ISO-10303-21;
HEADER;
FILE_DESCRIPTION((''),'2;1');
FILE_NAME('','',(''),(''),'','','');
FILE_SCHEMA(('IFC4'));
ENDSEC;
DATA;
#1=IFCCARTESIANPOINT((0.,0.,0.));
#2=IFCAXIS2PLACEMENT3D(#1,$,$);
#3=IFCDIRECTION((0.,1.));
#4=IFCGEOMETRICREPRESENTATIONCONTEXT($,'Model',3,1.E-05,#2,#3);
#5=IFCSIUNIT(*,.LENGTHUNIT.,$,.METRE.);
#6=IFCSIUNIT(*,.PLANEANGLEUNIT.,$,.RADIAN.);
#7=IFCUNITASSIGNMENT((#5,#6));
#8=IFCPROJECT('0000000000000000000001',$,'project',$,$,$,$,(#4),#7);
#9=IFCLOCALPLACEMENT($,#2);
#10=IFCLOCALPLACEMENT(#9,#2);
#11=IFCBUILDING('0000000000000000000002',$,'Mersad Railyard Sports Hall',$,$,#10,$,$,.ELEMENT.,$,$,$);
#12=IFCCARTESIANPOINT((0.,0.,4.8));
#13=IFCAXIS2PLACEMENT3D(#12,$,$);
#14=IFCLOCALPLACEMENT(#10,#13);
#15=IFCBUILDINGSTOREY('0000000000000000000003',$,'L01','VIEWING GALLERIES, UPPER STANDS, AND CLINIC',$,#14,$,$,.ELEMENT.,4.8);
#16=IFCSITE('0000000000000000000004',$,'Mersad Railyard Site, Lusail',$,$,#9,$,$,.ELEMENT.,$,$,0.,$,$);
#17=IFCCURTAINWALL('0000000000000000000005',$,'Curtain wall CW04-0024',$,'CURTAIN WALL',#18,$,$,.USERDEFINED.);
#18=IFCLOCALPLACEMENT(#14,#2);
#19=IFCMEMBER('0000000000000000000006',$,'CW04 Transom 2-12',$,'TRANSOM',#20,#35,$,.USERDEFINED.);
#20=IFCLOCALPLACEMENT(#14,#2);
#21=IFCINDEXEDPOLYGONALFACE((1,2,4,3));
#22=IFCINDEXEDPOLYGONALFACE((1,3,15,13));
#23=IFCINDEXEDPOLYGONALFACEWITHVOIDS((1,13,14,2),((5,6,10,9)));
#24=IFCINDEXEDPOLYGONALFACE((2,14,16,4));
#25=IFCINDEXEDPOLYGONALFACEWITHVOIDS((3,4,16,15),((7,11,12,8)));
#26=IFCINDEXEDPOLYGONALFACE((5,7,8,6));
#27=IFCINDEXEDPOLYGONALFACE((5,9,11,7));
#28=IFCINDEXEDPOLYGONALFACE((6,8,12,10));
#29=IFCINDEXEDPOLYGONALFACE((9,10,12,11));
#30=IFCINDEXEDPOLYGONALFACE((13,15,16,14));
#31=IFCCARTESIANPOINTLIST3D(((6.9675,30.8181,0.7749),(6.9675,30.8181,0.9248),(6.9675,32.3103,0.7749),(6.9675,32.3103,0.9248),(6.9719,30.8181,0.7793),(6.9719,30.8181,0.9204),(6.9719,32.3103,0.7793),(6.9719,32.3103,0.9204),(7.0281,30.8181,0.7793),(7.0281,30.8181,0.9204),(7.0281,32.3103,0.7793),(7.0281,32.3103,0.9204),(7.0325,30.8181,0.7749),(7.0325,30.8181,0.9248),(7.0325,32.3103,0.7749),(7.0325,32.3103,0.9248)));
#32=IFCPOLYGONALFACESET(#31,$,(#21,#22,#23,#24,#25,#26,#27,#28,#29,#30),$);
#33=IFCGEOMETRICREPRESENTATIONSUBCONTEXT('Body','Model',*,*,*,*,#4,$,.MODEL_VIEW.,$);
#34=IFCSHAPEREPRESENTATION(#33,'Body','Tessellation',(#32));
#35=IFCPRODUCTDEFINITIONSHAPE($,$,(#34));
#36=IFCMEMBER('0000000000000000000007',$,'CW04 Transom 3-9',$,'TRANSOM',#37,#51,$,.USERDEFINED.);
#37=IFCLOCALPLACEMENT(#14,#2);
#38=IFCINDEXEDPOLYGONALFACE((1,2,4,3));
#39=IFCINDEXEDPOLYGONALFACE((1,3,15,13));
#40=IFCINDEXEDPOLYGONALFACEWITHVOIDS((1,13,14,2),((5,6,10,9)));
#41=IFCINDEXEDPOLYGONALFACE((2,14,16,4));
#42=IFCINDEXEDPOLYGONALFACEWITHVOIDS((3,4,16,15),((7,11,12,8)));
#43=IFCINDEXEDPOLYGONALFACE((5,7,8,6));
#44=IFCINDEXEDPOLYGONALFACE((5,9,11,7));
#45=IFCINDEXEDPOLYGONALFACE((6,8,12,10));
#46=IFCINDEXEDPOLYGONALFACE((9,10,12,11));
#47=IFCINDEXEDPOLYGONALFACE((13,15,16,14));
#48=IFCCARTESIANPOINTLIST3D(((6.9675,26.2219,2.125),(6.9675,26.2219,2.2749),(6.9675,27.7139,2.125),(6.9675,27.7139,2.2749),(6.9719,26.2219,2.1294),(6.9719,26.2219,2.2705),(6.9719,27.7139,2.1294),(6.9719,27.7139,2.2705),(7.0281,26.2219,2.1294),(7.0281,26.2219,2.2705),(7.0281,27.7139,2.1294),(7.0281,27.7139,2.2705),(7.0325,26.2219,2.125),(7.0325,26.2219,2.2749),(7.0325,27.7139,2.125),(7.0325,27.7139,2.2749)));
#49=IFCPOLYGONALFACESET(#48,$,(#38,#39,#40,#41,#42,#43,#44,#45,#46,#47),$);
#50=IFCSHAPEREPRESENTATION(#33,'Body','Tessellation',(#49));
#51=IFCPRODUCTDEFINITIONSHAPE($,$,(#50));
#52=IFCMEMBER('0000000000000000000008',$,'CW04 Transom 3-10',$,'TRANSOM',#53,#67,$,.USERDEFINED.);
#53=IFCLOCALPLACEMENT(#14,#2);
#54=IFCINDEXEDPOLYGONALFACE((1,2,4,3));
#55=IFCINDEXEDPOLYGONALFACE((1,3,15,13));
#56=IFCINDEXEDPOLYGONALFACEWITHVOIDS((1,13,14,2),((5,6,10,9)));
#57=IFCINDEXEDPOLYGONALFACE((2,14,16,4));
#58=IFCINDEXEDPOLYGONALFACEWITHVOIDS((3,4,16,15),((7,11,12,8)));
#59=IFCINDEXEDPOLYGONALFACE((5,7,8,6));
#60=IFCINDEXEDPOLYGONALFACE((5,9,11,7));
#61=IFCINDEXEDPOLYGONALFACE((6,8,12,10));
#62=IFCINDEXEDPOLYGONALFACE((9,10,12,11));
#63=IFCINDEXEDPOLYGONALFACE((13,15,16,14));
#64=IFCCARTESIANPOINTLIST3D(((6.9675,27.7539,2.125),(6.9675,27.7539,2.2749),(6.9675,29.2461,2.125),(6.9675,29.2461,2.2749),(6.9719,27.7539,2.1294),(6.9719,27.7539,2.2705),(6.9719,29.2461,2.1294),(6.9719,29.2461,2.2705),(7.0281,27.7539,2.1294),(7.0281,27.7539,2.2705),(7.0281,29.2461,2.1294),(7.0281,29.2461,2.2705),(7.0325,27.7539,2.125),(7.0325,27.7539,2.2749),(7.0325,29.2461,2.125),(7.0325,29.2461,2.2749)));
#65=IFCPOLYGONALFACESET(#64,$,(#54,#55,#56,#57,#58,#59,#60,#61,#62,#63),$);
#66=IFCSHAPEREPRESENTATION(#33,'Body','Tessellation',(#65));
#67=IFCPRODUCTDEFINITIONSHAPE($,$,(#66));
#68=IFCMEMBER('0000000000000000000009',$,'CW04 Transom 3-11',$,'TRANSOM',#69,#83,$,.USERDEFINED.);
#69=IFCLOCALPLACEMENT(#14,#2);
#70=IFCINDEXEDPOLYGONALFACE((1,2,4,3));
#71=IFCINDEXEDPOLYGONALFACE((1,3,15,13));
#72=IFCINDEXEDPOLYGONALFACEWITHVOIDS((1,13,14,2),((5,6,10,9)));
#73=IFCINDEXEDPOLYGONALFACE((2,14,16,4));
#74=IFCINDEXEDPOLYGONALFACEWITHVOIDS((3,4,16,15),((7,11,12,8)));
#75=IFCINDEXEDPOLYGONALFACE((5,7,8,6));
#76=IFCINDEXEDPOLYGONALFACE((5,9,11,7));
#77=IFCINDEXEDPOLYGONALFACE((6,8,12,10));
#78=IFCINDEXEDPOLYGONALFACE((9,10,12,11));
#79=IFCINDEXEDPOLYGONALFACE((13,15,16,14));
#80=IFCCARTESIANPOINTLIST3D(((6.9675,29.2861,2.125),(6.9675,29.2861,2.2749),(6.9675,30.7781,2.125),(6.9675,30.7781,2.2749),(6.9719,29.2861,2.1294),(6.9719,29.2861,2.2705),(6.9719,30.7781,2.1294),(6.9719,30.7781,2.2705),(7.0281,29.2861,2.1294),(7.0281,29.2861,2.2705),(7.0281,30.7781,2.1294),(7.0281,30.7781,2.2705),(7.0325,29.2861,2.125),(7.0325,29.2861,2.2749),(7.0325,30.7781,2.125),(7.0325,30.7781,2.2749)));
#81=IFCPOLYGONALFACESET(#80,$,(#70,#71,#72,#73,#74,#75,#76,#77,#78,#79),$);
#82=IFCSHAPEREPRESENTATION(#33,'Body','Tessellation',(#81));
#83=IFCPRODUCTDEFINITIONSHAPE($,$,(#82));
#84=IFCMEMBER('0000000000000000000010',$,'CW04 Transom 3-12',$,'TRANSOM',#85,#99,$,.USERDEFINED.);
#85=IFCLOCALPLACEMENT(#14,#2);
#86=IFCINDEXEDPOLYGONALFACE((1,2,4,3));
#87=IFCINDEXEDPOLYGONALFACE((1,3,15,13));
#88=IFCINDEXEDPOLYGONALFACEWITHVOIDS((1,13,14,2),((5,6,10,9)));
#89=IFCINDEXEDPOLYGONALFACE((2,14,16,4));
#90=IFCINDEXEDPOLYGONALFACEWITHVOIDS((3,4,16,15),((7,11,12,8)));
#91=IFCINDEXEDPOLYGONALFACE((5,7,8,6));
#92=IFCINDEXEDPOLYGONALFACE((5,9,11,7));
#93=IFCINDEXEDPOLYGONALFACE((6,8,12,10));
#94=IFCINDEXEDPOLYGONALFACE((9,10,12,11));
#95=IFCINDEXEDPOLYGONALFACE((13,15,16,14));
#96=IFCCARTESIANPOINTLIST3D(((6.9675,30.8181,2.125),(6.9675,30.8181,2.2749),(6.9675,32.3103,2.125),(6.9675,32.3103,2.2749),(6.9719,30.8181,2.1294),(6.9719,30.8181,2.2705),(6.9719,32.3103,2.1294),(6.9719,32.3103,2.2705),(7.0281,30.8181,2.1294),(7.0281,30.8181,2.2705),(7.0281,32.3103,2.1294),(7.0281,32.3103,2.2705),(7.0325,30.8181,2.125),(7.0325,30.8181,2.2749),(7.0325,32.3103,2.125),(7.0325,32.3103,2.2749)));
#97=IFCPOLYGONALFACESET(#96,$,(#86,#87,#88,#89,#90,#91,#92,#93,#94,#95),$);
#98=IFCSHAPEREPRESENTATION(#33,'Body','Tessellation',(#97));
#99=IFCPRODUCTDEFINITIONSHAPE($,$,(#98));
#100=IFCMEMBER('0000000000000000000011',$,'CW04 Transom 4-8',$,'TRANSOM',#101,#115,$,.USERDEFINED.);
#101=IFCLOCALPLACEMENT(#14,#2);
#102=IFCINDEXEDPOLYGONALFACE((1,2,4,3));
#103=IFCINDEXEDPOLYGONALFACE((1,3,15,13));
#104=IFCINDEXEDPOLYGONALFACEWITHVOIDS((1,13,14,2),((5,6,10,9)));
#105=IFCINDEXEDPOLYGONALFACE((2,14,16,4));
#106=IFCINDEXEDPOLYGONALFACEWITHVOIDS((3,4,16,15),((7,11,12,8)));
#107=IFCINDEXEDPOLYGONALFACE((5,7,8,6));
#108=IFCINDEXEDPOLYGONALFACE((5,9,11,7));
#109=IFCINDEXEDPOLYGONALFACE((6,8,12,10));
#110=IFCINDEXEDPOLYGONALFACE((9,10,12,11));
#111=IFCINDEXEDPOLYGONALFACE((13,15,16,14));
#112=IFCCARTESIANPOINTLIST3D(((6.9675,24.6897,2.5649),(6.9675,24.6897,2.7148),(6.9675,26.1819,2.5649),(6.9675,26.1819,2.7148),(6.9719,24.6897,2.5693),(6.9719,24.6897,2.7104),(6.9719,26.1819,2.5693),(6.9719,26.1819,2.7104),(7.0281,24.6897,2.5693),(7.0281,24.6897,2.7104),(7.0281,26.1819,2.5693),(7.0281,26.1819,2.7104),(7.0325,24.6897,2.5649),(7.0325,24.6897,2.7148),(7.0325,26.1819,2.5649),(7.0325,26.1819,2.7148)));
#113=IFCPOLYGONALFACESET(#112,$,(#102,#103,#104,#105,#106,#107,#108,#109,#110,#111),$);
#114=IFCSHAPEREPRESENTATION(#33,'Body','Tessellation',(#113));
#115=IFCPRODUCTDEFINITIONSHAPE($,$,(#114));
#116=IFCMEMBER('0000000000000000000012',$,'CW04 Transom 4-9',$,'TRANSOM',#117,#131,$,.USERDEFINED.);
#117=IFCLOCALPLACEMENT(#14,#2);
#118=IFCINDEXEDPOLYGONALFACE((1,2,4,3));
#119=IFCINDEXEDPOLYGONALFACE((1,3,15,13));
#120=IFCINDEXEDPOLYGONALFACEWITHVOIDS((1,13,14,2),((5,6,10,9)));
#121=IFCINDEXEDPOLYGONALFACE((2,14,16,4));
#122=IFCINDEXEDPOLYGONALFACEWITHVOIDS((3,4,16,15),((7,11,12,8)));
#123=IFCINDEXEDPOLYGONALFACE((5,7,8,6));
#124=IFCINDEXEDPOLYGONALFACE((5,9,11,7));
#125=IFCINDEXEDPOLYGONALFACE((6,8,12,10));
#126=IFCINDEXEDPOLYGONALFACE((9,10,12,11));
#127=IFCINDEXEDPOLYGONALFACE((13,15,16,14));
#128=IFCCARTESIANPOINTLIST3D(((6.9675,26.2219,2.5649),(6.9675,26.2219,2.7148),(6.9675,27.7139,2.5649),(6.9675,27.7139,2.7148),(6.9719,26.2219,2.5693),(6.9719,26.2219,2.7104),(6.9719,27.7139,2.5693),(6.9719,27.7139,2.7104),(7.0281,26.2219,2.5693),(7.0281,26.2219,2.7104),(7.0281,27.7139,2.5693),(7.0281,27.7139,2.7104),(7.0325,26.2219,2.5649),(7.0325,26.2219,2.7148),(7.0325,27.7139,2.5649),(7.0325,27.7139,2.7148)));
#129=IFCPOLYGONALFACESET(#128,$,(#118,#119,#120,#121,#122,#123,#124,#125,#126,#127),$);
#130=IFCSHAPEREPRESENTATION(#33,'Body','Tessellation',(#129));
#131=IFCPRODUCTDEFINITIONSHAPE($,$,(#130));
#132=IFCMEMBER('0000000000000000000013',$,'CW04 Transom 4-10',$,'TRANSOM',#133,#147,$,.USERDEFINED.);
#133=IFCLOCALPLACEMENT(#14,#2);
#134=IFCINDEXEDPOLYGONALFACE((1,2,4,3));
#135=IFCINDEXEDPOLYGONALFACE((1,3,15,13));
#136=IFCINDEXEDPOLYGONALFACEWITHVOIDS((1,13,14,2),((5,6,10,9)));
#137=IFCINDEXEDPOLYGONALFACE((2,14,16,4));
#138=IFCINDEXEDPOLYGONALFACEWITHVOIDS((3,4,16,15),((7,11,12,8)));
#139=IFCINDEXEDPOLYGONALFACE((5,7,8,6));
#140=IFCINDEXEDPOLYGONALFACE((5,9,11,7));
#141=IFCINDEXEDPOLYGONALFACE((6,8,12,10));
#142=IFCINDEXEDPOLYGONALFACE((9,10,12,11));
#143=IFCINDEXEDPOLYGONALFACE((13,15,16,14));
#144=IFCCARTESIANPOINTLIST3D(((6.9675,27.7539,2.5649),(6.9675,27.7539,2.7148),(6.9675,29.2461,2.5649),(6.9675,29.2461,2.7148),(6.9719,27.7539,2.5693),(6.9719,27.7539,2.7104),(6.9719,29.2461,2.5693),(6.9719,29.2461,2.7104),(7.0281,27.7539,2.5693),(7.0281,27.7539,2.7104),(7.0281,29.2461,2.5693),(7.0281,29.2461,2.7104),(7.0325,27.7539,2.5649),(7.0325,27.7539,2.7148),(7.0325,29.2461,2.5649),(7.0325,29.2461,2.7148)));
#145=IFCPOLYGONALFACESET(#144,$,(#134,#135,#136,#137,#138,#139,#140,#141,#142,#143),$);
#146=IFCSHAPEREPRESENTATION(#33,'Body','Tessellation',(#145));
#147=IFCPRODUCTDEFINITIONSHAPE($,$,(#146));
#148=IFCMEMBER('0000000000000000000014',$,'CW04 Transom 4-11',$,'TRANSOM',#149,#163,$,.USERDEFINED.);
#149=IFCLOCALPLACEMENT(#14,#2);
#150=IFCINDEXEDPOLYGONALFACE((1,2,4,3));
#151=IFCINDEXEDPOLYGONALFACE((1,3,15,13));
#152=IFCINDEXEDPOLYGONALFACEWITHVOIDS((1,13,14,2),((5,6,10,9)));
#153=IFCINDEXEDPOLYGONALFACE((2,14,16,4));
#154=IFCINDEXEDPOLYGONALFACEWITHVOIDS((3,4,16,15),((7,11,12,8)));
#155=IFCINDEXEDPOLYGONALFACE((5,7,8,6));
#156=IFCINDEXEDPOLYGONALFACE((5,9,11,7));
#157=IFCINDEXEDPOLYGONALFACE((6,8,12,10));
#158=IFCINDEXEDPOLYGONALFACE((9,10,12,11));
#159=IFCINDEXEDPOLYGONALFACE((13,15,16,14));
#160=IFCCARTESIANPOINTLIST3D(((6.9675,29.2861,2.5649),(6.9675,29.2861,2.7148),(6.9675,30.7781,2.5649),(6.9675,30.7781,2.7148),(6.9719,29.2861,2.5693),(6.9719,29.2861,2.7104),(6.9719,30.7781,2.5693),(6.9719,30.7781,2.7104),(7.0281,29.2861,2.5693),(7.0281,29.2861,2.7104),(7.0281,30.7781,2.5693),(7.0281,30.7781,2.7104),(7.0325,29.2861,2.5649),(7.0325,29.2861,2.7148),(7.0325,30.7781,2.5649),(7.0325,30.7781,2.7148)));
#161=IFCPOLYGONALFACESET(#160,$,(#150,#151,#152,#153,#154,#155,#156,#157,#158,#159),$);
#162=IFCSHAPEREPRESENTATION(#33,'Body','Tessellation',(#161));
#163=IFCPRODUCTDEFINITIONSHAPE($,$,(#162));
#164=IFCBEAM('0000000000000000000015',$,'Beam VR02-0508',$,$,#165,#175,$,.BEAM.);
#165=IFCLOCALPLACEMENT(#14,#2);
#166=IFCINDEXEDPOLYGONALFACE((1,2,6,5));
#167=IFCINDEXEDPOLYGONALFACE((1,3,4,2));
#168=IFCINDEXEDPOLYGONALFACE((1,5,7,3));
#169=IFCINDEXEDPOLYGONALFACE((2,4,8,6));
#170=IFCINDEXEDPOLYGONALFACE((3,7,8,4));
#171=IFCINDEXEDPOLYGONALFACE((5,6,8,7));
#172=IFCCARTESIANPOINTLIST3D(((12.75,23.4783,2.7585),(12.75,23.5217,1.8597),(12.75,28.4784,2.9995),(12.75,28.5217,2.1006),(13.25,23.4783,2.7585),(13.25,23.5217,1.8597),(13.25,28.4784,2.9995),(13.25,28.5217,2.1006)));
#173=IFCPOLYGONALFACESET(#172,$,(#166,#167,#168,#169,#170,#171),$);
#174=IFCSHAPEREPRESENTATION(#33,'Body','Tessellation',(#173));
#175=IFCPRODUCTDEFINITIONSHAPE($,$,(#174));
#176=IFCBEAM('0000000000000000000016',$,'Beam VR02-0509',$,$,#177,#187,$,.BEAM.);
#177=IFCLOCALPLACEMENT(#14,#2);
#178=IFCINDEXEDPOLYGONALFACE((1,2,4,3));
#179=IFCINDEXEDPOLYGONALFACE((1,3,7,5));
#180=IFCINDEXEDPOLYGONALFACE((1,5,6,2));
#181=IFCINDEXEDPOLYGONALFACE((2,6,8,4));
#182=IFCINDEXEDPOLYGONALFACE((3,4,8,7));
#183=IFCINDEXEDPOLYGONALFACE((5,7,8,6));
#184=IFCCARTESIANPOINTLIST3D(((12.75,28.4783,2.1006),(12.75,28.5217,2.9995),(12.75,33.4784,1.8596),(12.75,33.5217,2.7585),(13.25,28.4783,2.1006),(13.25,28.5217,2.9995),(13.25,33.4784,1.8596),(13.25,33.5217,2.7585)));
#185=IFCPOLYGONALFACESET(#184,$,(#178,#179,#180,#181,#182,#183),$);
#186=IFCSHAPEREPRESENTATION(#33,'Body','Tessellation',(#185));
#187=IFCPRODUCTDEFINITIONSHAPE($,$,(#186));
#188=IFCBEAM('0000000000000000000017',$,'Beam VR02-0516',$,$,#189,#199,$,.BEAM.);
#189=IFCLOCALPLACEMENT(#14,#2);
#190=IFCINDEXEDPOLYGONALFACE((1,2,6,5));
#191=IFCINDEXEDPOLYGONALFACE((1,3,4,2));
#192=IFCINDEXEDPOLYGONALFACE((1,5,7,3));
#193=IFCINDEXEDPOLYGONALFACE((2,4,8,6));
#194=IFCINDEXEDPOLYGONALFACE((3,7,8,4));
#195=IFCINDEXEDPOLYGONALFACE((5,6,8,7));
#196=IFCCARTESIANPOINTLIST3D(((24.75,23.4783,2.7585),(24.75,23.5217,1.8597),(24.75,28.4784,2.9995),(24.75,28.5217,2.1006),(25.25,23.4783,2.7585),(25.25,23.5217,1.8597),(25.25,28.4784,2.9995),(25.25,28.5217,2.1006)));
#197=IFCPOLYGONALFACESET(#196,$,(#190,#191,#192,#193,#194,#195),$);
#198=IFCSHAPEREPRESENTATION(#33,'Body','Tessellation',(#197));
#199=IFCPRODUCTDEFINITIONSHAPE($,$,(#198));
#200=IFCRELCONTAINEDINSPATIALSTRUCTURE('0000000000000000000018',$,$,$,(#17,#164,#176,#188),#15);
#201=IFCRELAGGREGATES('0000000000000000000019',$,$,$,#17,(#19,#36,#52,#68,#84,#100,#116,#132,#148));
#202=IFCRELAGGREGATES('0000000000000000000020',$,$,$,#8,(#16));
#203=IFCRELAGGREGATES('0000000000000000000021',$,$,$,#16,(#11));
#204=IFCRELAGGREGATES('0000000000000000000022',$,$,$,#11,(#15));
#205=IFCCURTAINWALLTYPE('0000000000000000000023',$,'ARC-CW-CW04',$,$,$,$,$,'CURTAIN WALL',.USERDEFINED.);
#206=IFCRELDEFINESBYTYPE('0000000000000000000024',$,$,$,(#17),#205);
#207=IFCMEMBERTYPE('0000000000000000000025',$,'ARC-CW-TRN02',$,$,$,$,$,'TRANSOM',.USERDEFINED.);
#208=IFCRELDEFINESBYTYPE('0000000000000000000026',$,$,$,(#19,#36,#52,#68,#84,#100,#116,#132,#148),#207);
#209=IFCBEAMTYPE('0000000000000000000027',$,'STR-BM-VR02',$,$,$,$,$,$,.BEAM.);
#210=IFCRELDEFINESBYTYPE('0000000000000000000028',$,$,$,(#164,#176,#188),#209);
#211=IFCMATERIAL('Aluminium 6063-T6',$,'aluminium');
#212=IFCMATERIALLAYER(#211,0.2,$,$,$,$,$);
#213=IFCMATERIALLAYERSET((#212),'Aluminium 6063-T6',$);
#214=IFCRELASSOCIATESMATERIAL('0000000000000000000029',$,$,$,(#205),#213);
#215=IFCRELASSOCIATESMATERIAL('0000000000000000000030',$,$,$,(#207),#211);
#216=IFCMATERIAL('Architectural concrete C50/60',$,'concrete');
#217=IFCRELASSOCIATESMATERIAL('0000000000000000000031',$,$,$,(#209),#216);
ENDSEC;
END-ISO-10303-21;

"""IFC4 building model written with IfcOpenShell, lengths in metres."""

from ifc_helpers import new_model, si_unit, direction, frame, origin, origin_2d, place, context, subcontext, project, spatial, rectangle, hollow_rectangle, extrude, material, layer, layer_set, material_profile, profile_set, type_object, element, aggregate, save


model = new_model("IFC4")

# Units and contexts
model_context = context("Model", 3, precision=1e-05, world=origin(), true_north=direction((0.0, 1.0)))
body_context = subcontext(model_context, "Body", "Model", "MODEL_VIEW")
ifc_project = project(units=[si_unit("LENGTHUNIT", "METRE"), si_unit("PLANEANGLEUNIT", "RADIAN")], contexts=[model_context])

# Site, building, storey
site_placement = place(None, origin())
site = spatial("IfcSite", under=ifc_project, at=site_placement, Name="Mersad Railyard Site, Lusail", CompositionType="ELEMENT", RefElevation=0.0)
building_placement = place(site_placement, origin())
building = spatial("IfcBuilding", under=site, at=building_placement, Name="Mersad Railyard Sports Hall", CompositionType="ELEMENT")
storey_placement = place(building_placement, frame((0.0, 0.0, 4.8)))
storey = spatial("IfcBuildingStorey", under=building, at=storey_placement, Name="L01", Description="VIEWING GALLERIES, UPPER STANDS, AND CLINIC", CompositionType="ELEMENT", Elevation=4.8)

# Curtain wall, members
ifc_material_1 = material(Name="Aluminium 6063-T6", Category="aluminium")
ifc_layer_1 = layer(ifc_material_1, 0.2)
ifc_layer_set_1 = layer_set([ifc_layer_1], Name="Aluminium 6063-T6")
curtain_wall_type = type_object("IfcCurtainWallType", Name="ARC-CW-CW04", ElementType="CURTAIN WALL", PredefinedType="USERDEFINED", material=ifc_layer_set_1)
curtain_wall_placement = place(storey_placement, origin())
curtain_wall = element("IfcCurtainWall", 1, at=curtain_wall_placement, inside=storey, type_object=curtain_wall_type, Name="Curtain wall CW04-0024", ObjectType="CURTAIN WALL", PredefinedType="USERDEFINED")
ifc_material_profile_1 = material_profile(ifc_material_1, hollow_rectangle(XDim=0.0649, YDim=0.1499, WallThickness=0.0044, at=origin_2d()), Name="AL TRANSOM 65x150x4.5")
ifc_profile_set_1 = profile_set([ifc_material_profile_1], Name="Aluminium 6063-T6")
member_type_1 = type_object("IfcMemberType", Name="ARC-CW-TRN02", ElementType="TRANSOM", PredefinedType="USERDEFINED", material=ifc_profile_set_1)
member_1_placement = place(storey_placement, frame((7.0, 30.8181, 0.8499), z_axis=(0.0, 1.0, 0.0), x_axis=(-1.0, 0.0, 0.0)))
member_1 = element("IfcMember", 2, at=member_1_placement, type_object=member_type_1, Name="CW04 Transom 2-12", ObjectType="TRANSOM", PredefinedType="USERDEFINED", context=body_context, shape_type="SweptSolid", body=[
    extrude(hollow_rectangle(XDim=0.0649, YDim=0.1499, WallThickness=0.0044, at=origin_2d()), origin(), (0.0, 0.0, 1.0), 1.4922),
])
member_2_placement = place(storey_placement, frame((7.0, 26.2219, 2.2), z_axis=(0.0, 1.0, 0.0), x_axis=(-1.0, 0.0, 0.0)))
member_2 = element("IfcMember", 3, at=member_2_placement, type_object=member_type_1, Name="CW04 Transom 3-9", ObjectType="TRANSOM", PredefinedType="USERDEFINED", context=body_context, shape_type="SweptSolid", body=[
    extrude(hollow_rectangle(XDim=0.0649, YDim=0.1499, WallThickness=0.0044, at=origin_2d()), origin(), (0.0, 0.0, 1.0), 1.4919),
])
member_3_placement = place(storey_placement, frame((7.0, 27.7539, 2.2), z_axis=(0.0, 1.0, 0.0), x_axis=(-1.0, 0.0, 0.0)))
member_3 = element("IfcMember", 4, at=member_3_placement, type_object=member_type_1, Name="CW04 Transom 3-10", ObjectType="TRANSOM", PredefinedType="USERDEFINED", context=body_context, shape_type="SweptSolid", body=[
    extrude(hollow_rectangle(XDim=0.0649, YDim=0.1499, WallThickness=0.0044, at=origin_2d()), origin(), (0.0, 0.0, 1.0), 1.4922),
])
member_4_placement = place(storey_placement, frame((7.0, 29.2861, 2.2), z_axis=(0.0, 1.0, 0.0), x_axis=(-1.0, 0.0, 0.0)))
member_4 = element("IfcMember", 5, at=member_4_placement, type_object=member_type_1, Name="CW04 Transom 3-11", ObjectType="TRANSOM", PredefinedType="USERDEFINED", context=body_context, shape_type="SweptSolid", body=[
    extrude(hollow_rectangle(XDim=0.0649, YDim=0.1499, WallThickness=0.0044, at=origin_2d()), origin(), (0.0, 0.0, 1.0), 1.4919),
])
member_5_placement = place(storey_placement, frame((7.0, 30.8181, 2.2), z_axis=(0.0, 1.0, 0.0), x_axis=(-1.0, 0.0, 0.0)))
member_5 = element("IfcMember", 6, at=member_5_placement, type_object=member_type_1, Name="CW04 Transom 3-12", ObjectType="TRANSOM", PredefinedType="USERDEFINED", context=body_context, shape_type="SweptSolid", body=[
    extrude(hollow_rectangle(XDim=0.0649, YDim=0.1499, WallThickness=0.0044, at=origin_2d()), origin(), (0.0, 0.0, 1.0), 1.4922),
])
member_6_placement = place(storey_placement, frame((7.0, 24.6897, 2.6399), z_axis=(0.0, 1.0, 0.0), x_axis=(-1.0, 0.0, 0.0)))
member_6 = element("IfcMember", 7, at=member_6_placement, type_object=member_type_1, Name="CW04 Transom 4-8", ObjectType="TRANSOM", PredefinedType="USERDEFINED", context=body_context, shape_type="SweptSolid", body=[
    extrude(hollow_rectangle(XDim=0.0649, YDim=0.1499, WallThickness=0.0044, at=origin_2d()), origin(), (0.0, 0.0, 1.0), 1.4922),
])
member_7_placement = place(storey_placement, frame((7.0, 26.2219, 2.6399), z_axis=(0.0, 1.0, 0.0), x_axis=(-1.0, 0.0, 0.0)))
member_7 = element("IfcMember", 8, at=member_7_placement, type_object=member_type_1, Name="CW04 Transom 4-9", ObjectType="TRANSOM", PredefinedType="USERDEFINED", context=body_context, shape_type="SweptSolid", body=[
    extrude(hollow_rectangle(XDim=0.0649, YDim=0.1499, WallThickness=0.0044, at=origin_2d()), origin(), (0.0, 0.0, 1.0), 1.4919),
])
member_8_placement = place(storey_placement, frame((7.0, 27.7539, 2.6399), z_axis=(0.0, 1.0, 0.0), x_axis=(-1.0, 0.0, 0.0)))
member_8 = element("IfcMember", 9, at=member_8_placement, type_object=member_type_1, Name="CW04 Transom 4-10", ObjectType="TRANSOM", PredefinedType="USERDEFINED", context=body_context, shape_type="SweptSolid", body=[
    extrude(hollow_rectangle(XDim=0.0649, YDim=0.1499, WallThickness=0.0044, at=origin_2d()), origin(), (0.0, 0.0, 1.0), 1.4922),
])
member_9_placement = place(storey_placement, frame((7.0, 29.2861, 2.6399), z_axis=(0.0, 1.0, 0.0), x_axis=(-1.0, 0.0, 0.0)))
member_9 = element("IfcMember", 10, at=member_9_placement, type_object=member_type_1, Name="CW04 Transom 4-11", ObjectType="TRANSOM", PredefinedType="USERDEFINED", context=body_context, shape_type="SweptSolid", body=[
    extrude(hollow_rectangle(XDim=0.0649, YDim=0.1499, WallThickness=0.0044, at=origin_2d()), origin(), (0.0, 0.0, 1.0), 1.4919),
])

# Beams
ifc_material_2 = material(Name="Architectural concrete C50/60", Category="concrete")
ifc_material_profile_2 = material_profile(ifc_material_2, rectangle(XDim=0.5, YDim=0.8999, at=origin_2d()), Name="VR 500x900")
ifc_profile_set_2 = profile_set([ifc_material_profile_2], Name="Architectural concrete C50/60")
beam_type = type_object("IfcBeamType", Name="STR-BM-VR02", PredefinedType="BEAM", material=ifc_profile_set_2)
for number, where, z_axis, x_axis, name in (
    (11, (13.0, 23.5, 2.3091), (0.0, 0.998841, 0.048137), (-1.0, 0.0, 0.0), "Beam VR02-0508"),
    (12, (13.0, 28.5, 2.55), (0.0, 0.998841, -0.048137), (-1.0, 0.0, 0.0), "Beam VR02-0509"),
    (13, (25.0, 23.5, 2.3091), (0.0, 0.998841, 0.048137), (-1.0, 0.0, 0.0), "Beam VR02-0516"),
):
    element("IfcBeam", number, at=place(storey_placement, frame(where, z_axis=z_axis, x_axis=x_axis)), inside=storey, type_object=beam_type, Name=name, PredefinedType="BEAM", context=body_context, shape_type="SweptSolid", body=[
        extrude(rectangle(XDim=0.5, YDim=0.8999, at=origin_2d()), origin(), (0.0, 0.0, 1.0), 5.0059),
    ])

aggregate(curtain_wall, [member_1, member_2, member_3, member_4, member_5, member_6, member_7, member_8, member_9])

save(model, "model.ifc")
